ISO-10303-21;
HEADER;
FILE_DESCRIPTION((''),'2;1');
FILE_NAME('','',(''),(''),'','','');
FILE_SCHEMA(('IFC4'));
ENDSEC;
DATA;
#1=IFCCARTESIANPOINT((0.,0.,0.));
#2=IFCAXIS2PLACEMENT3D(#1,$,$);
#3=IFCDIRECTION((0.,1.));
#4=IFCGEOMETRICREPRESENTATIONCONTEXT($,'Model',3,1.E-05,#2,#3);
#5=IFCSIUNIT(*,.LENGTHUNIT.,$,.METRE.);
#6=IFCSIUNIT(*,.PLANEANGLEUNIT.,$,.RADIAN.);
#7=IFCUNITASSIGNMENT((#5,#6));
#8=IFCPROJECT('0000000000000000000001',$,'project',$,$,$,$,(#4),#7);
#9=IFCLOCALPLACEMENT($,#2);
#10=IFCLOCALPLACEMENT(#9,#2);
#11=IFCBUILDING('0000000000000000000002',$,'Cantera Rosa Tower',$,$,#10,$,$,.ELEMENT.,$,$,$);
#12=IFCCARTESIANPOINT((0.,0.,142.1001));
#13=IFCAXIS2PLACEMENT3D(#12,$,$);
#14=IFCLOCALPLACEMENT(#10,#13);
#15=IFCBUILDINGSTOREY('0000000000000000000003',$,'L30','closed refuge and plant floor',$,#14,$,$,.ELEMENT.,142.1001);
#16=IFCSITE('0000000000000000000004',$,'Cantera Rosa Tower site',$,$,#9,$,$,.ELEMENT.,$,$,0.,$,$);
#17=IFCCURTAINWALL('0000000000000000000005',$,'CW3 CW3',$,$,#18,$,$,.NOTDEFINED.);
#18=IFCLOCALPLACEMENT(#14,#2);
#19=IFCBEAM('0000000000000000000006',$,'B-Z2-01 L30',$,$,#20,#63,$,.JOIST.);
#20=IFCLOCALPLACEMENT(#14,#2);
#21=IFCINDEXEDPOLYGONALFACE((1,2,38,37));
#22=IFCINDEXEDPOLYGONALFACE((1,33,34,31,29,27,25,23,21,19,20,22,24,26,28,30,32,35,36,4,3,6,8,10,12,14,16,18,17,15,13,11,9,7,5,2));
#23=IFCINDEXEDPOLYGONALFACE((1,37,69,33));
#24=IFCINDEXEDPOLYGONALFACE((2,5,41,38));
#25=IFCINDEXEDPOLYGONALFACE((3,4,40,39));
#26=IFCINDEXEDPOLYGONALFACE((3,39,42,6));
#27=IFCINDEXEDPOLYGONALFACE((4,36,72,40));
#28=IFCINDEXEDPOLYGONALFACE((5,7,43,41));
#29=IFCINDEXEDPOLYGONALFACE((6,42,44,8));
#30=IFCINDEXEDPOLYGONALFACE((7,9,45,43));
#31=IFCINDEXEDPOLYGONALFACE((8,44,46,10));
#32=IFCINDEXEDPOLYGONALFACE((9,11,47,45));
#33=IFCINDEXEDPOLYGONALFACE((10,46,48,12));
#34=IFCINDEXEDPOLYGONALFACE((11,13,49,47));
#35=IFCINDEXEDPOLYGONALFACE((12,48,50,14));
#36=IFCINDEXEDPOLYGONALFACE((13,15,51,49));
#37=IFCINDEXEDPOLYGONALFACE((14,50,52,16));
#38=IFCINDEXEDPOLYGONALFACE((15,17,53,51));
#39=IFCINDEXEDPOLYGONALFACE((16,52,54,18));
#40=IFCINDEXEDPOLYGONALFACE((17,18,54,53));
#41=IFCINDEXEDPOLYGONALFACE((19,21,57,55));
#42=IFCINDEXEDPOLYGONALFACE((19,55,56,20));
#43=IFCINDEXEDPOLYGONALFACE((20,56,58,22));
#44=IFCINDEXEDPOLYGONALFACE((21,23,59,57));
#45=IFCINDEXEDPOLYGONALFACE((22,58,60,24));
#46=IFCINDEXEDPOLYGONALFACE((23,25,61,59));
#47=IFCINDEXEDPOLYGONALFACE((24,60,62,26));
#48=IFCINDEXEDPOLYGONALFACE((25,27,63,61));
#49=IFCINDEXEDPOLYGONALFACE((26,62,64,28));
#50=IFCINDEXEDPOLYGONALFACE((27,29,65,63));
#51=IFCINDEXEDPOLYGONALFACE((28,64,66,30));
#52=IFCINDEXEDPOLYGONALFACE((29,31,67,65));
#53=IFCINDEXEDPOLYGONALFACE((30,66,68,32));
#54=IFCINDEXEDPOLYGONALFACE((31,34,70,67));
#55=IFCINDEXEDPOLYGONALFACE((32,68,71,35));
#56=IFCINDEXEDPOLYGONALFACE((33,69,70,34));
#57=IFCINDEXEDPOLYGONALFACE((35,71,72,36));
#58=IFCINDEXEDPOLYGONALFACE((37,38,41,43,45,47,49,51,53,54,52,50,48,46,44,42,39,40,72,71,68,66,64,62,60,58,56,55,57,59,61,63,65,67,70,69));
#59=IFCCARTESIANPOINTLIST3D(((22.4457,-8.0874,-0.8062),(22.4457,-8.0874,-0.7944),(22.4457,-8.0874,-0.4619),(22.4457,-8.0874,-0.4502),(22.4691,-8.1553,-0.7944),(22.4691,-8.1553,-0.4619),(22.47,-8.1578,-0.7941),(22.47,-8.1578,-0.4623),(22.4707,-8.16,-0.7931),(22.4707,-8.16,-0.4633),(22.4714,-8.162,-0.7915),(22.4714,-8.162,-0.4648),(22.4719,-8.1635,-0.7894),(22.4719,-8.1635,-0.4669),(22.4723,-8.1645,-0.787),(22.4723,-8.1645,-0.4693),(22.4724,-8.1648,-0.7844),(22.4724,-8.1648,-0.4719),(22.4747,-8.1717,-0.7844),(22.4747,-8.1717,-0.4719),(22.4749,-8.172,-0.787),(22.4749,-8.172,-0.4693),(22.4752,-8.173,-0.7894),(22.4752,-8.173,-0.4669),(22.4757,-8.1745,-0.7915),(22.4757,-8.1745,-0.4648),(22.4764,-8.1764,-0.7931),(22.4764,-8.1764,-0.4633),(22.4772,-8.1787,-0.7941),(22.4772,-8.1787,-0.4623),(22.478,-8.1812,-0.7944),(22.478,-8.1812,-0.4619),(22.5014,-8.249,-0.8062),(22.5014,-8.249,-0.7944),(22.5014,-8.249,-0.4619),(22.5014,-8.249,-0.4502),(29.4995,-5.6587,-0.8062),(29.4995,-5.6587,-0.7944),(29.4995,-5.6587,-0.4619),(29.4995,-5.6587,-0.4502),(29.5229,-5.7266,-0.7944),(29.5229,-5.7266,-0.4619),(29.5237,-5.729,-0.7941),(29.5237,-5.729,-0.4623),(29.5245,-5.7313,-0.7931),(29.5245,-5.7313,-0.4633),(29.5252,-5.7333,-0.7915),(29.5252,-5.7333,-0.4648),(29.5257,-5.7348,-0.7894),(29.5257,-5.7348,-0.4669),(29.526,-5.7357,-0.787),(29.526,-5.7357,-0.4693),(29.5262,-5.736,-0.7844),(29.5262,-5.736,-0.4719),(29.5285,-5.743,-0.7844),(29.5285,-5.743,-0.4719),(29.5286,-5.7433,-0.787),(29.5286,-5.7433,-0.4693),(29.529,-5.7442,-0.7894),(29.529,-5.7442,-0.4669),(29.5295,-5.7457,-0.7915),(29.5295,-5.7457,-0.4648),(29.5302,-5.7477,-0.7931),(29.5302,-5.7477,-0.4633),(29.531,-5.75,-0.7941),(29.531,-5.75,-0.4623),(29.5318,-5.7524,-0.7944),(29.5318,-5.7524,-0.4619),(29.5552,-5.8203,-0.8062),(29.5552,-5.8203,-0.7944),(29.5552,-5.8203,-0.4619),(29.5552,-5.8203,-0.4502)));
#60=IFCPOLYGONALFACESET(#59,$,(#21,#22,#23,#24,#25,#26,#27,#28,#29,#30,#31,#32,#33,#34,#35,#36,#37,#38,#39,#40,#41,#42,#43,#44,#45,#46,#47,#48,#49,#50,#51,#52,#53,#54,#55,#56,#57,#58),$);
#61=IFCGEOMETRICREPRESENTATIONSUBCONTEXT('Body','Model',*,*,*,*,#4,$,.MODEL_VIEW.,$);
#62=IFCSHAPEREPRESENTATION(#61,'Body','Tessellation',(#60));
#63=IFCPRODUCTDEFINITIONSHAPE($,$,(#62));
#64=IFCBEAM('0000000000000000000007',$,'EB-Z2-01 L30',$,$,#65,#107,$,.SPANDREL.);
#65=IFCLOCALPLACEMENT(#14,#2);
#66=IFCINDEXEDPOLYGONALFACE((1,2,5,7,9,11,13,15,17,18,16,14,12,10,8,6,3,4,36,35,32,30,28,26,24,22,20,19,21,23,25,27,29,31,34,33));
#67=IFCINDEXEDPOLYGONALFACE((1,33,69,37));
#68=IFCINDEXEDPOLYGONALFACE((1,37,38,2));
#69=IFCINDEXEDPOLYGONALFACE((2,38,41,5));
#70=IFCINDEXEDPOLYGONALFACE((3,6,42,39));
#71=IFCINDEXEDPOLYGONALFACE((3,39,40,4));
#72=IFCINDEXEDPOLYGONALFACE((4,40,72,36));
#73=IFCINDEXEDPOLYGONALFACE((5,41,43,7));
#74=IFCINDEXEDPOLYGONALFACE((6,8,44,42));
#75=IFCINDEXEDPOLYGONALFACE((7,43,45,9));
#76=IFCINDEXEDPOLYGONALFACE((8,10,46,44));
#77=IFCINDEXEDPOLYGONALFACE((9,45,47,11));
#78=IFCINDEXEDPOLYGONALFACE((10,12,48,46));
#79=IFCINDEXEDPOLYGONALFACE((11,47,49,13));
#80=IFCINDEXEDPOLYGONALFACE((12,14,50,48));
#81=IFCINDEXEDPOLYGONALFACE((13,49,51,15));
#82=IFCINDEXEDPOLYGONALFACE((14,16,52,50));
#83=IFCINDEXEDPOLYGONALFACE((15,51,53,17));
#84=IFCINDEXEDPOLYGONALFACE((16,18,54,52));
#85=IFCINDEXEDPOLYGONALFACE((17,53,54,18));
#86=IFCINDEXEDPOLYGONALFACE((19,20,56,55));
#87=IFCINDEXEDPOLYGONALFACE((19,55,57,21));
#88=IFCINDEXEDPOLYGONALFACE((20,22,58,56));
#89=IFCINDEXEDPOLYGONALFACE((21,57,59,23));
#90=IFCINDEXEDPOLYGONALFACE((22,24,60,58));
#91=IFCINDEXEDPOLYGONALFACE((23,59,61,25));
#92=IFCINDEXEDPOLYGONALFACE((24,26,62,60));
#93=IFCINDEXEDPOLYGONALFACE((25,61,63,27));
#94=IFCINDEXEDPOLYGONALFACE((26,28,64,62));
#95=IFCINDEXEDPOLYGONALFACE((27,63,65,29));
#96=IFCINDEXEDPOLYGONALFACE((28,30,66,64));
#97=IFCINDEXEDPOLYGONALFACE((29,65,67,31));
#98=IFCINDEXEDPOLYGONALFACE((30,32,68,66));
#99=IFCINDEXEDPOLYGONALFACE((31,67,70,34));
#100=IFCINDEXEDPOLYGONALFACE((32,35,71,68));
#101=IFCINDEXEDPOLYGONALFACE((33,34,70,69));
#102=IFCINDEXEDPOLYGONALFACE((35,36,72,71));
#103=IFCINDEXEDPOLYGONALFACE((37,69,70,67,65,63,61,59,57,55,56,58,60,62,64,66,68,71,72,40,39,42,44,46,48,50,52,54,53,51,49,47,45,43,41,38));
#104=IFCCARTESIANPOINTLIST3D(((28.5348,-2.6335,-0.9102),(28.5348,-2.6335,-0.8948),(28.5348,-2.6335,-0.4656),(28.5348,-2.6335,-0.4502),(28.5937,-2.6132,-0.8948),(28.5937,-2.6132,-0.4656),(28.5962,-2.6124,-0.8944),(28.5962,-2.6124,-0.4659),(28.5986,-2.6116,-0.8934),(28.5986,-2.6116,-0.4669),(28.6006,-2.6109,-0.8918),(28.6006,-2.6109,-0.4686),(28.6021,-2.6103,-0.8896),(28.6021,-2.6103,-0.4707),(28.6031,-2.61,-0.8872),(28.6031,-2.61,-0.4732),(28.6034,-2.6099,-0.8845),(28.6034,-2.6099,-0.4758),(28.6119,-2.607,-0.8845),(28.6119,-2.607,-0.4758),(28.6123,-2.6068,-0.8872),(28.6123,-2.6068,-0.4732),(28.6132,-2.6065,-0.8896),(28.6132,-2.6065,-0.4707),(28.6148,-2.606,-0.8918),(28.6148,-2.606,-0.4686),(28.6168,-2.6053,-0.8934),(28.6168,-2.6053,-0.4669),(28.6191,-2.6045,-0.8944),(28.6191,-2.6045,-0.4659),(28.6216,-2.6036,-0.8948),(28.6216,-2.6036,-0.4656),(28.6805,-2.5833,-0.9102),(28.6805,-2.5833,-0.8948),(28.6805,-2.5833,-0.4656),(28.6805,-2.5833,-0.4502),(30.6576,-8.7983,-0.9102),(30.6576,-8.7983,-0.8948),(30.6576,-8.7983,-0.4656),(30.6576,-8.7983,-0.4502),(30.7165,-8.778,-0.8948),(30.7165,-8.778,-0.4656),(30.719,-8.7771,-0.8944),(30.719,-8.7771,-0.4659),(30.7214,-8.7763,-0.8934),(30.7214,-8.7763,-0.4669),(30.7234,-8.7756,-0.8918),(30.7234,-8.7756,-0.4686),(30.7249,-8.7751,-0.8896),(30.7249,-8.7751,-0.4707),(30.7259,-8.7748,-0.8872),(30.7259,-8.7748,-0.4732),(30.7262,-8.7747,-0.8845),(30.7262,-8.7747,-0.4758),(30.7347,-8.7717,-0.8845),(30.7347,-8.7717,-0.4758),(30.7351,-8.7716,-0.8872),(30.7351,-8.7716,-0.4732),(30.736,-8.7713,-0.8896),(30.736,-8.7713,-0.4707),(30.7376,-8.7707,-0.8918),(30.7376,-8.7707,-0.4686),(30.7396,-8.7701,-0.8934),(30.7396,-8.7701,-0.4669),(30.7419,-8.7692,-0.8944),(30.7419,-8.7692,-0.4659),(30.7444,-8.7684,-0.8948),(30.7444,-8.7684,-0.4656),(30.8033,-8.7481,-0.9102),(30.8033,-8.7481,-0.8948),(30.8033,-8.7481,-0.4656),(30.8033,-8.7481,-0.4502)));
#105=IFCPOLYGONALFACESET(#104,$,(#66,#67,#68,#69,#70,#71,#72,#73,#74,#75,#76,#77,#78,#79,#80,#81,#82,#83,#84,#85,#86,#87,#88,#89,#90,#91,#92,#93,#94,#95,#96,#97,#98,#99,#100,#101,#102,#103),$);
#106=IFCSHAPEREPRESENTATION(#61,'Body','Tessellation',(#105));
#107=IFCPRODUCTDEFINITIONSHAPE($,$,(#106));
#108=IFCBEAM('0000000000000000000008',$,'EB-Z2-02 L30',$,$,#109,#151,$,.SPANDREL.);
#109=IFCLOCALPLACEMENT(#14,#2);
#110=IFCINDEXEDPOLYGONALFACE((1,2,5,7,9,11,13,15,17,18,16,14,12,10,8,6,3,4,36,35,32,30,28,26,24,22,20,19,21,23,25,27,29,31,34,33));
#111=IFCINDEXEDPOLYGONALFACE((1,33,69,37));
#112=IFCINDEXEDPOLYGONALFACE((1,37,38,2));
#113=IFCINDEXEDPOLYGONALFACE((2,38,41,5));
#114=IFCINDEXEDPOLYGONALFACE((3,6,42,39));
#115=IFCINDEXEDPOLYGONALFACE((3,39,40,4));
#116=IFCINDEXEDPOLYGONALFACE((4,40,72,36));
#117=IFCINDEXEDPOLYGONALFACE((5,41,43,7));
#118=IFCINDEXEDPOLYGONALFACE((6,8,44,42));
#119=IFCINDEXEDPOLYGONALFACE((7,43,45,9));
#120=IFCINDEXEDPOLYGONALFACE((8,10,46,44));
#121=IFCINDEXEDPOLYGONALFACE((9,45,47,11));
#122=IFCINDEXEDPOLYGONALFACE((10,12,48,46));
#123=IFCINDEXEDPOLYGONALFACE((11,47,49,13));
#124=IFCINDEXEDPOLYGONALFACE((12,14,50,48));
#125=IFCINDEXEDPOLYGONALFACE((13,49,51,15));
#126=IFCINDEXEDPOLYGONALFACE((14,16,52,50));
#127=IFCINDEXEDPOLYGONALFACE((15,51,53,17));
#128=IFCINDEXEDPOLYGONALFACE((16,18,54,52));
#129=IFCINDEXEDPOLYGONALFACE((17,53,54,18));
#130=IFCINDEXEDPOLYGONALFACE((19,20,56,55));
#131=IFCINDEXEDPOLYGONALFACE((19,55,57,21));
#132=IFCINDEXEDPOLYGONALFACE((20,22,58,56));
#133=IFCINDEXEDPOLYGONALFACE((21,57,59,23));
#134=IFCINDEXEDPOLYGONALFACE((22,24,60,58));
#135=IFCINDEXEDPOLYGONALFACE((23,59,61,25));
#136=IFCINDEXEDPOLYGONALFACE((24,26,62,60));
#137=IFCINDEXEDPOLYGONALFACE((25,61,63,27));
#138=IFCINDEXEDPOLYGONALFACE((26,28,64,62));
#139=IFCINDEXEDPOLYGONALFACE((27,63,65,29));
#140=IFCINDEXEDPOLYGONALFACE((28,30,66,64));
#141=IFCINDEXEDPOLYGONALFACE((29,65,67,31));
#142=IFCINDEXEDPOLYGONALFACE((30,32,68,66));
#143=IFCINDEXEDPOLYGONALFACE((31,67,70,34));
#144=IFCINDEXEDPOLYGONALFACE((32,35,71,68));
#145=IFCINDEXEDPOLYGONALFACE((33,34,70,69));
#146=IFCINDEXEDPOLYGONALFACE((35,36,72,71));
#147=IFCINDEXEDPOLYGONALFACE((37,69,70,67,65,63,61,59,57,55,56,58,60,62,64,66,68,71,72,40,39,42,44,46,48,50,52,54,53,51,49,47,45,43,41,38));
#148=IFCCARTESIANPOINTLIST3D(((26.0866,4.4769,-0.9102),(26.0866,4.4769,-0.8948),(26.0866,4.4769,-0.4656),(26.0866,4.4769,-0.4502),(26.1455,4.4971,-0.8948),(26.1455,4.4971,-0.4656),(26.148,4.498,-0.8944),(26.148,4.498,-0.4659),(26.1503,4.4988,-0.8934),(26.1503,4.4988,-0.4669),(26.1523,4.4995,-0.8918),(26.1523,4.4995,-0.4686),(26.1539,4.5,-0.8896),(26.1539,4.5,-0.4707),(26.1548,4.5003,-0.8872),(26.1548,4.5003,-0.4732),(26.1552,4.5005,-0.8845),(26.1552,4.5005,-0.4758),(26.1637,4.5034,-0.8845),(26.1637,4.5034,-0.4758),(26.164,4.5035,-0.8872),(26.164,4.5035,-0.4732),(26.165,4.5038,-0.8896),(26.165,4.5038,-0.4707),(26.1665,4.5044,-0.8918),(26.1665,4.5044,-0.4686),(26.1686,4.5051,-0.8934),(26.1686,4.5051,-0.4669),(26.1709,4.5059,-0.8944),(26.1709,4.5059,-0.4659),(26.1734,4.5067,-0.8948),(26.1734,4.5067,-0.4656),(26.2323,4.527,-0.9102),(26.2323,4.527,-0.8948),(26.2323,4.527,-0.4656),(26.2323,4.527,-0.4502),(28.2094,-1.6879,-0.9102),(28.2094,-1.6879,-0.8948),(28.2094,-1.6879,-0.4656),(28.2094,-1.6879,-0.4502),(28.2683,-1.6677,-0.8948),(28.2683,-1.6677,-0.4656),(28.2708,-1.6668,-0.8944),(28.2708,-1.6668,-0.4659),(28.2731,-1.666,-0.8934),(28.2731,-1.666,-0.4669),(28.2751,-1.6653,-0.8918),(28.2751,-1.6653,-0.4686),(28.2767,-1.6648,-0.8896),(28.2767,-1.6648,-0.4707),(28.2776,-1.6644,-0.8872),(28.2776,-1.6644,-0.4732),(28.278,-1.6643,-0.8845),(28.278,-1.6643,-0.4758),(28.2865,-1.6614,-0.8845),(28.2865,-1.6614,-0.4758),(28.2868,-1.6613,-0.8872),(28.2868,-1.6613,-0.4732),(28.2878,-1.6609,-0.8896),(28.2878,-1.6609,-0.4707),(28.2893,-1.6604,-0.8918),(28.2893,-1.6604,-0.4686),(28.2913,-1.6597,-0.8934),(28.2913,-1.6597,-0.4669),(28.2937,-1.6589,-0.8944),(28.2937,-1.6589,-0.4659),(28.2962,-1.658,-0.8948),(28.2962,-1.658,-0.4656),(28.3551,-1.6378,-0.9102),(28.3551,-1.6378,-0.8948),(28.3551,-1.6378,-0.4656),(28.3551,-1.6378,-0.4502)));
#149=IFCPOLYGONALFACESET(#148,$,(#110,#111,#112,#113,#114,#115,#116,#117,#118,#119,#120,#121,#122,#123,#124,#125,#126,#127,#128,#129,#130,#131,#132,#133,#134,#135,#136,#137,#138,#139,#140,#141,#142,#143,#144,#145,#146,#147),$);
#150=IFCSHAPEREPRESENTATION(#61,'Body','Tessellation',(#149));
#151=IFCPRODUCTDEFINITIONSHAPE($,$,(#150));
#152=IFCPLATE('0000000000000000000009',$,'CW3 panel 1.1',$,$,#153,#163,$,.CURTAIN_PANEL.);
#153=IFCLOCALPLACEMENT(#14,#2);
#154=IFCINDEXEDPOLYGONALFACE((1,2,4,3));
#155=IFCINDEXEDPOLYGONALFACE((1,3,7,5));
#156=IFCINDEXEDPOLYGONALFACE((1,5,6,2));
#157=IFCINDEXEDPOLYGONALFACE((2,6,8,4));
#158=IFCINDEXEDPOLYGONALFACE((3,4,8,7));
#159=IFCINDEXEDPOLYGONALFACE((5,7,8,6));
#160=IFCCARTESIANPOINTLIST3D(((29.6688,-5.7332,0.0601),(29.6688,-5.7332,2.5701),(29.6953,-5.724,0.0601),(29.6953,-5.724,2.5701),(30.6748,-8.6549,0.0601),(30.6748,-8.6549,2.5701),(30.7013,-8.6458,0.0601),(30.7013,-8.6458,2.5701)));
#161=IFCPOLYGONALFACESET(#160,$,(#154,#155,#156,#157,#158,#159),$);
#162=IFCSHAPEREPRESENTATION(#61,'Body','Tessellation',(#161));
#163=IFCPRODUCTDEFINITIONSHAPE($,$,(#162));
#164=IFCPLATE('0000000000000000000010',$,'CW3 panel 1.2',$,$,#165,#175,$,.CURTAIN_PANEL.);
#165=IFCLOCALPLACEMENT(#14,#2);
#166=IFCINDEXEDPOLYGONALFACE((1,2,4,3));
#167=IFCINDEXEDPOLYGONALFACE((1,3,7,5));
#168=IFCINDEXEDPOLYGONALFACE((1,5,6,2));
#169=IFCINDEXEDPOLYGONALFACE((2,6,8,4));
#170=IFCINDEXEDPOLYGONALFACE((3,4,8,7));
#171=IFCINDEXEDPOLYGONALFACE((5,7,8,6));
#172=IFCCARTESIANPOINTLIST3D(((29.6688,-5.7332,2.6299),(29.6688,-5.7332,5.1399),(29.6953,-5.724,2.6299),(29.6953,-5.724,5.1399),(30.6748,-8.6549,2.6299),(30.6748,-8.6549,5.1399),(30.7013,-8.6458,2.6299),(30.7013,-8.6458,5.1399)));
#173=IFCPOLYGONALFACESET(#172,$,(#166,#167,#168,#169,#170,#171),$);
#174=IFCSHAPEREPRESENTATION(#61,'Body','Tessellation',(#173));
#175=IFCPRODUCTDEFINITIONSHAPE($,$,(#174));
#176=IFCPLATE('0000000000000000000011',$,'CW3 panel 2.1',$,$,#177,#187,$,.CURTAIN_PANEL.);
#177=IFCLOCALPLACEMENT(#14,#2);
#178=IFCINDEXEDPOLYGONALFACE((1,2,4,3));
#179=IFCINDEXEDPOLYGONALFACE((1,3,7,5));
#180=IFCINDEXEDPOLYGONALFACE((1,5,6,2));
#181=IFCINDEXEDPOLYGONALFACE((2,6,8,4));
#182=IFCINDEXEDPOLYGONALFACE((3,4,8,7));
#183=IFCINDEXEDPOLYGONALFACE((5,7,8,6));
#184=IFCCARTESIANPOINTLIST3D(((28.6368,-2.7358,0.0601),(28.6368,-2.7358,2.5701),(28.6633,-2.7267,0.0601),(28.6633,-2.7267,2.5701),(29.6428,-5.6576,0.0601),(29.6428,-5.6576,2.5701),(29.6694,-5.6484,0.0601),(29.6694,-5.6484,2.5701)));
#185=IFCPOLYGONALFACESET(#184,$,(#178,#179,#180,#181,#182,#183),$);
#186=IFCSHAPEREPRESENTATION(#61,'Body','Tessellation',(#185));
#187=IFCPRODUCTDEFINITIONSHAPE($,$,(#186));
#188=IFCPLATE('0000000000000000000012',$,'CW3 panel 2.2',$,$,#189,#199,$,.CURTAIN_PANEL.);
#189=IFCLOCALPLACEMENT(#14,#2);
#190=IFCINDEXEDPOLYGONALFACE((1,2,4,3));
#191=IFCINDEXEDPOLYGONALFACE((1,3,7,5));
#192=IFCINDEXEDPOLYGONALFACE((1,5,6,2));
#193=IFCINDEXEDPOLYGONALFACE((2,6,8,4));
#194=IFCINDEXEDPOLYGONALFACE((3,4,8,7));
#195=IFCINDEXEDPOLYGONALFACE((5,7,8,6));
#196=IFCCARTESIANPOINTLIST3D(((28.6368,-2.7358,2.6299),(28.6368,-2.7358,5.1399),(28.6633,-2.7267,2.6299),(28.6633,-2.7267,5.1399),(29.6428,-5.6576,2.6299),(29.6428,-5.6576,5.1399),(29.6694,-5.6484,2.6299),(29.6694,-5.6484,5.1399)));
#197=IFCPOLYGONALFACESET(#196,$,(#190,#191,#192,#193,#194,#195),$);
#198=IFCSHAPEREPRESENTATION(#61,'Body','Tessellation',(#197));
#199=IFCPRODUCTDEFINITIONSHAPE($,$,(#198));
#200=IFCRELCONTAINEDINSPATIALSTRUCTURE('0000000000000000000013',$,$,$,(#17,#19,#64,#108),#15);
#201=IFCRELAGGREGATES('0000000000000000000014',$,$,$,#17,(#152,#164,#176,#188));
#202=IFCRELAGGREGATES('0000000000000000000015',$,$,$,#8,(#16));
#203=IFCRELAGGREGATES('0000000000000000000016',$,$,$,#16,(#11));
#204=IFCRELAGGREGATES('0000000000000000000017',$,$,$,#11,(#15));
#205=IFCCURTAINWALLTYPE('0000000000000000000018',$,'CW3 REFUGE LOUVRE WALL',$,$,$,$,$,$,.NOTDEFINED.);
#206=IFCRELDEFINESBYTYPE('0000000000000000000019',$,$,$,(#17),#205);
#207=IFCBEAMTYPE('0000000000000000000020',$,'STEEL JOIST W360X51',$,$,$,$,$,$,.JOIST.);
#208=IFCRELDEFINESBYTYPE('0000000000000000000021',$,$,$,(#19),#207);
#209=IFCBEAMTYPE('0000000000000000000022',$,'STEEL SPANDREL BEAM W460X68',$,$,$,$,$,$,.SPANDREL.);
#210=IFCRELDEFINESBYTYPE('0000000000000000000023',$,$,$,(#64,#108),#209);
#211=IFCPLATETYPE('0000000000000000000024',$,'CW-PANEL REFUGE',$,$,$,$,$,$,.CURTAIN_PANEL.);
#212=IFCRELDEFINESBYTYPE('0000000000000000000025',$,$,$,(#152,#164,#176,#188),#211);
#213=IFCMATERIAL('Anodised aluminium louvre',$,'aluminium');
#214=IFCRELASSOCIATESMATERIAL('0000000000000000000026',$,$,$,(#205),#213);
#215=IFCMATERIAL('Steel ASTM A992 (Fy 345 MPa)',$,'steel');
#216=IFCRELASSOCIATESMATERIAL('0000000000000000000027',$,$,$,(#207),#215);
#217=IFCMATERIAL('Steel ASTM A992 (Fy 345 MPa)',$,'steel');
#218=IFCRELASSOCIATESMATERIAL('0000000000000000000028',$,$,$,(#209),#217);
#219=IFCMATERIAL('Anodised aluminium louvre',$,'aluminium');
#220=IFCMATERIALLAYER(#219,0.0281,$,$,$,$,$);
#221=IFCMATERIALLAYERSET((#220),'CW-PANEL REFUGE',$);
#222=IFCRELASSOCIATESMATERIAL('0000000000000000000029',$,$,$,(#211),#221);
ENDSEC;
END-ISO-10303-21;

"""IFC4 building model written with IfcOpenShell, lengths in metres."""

from ifc_helpers import new_model, si_unit, direction, frame, origin, origin_2d, place, context, subcontext, project, spatial, rectangle, i_section, extrude, material, layer, layer_set, material_profile, profile_set, type_object, element, aggregate, save


model = new_model("IFC4")

# Units and contexts
model_context = context("Model", 3, precision=1e-05, world=origin(), true_north=direction((0.0, 1.0)))
body_context = subcontext(model_context, "Body", "Model", "MODEL_VIEW")
ifc_project = project(units=[si_unit("LENGTHUNIT", "METRE"), si_unit("PLANEANGLEUNIT", "RADIAN")], contexts=[model_context])

# Site, building, storey
site_placement = place(None, origin())
site = spatial("IfcSite", under=ifc_project, at=site_placement, Name="Cantera Rosa Tower site", CompositionType="ELEMENT", RefElevation=0.0)
building_placement = place(site_placement, origin())
building = spatial("IfcBuilding", under=site, at=building_placement, Name="Cantera Rosa Tower", CompositionType="ELEMENT")
storey_placement = place(building_placement, frame((0.0, 0.0, 142.1001)))
storey = spatial("IfcBuildingStorey", under=building, at=storey_placement, Name="L30", Description="closed refuge and plant floor", CompositionType="ELEMENT", Elevation=142.1001)

# Curtain wall
ifc_material_1 = material(Name="Anodised aluminium louvre", Category="aluminium")
curtain_wall_type = type_object("IfcCurtainWallType", Name="CW3 REFUGE LOUVRE WALL", PredefinedType="NOTDEFINED", material=ifc_material_1)
curtain_wall_1_placement = place(storey_placement, origin())
curtain_wall_1 = element("IfcCurtainWall", 1, at=curtain_wall_1_placement, inside=storey, type_object=curtain_wall_type, Name="CW3 CW3", PredefinedType="NOTDEFINED")

# Beams
ifc_material_2 = material(Name="Steel ASTM A992 (Fy 345 MPa)", Category="steel")
ifc_material_profile_1 = material_profile(ifc_material_2, i_section(OverallWidth=0.1709, OverallDepth=0.356, WebThickness=0.0073, FlangeThickness=0.0117, FilletRadius=0.01, at=origin_2d()), Name="W360X51")
ifc_profile_set_1 = profile_set([ifc_material_profile_1], Name="Steel ASTM A992 (Fy 345 MPa)")
beam_type_1 = type_object("IfcBeamType", Name="STEEL JOIST W360X51", PredefinedType="JOIST", material=ifc_profile_set_1)
beam_placement = place(storey_placement, frame((29.5273, -5.7395, -0.6282), z_axis=(-0.945522, -0.325559, 0.0), x_axis=(0.325559, -0.945522, 0.0)))
element("IfcBeam", 2, at=beam_placement, inside=storey, type_object=beam_type_1, Name="B-Z2-01 L30", PredefinedType="JOIST", context=body_context, shape_type="SweptSolid", body=[
    extrude(i_section(OverallWidth=0.1709, OverallDepth=0.356, WebThickness=0.0073, FlangeThickness=0.0117, FilletRadius=0.01, at=origin_2d()), origin(), (0.0, 0.0, 1.0), 7.4602),
])
ifc_material_3 = material(Name="Steel ASTM A992 (Fy 345 MPa)", Category="steel")
ifc_material_profile_2 = material_profile(ifc_material_3, i_section(OverallWidth=0.1541, OverallDepth=0.46, WebThickness=0.009, FlangeThickness=0.0154, FilletRadius=0.0103, at=origin_2d()), Name="W460X68")
ifc_profile_set_2 = profile_set([ifc_material_profile_2], Name="Steel ASTM A992 (Fy 345 MPa)")
beam_type_2 = type_object("IfcBeamType", Name="STEEL SPANDREL BEAM W460X68", PredefinedType="SPANDREL", material=ifc_profile_set_2)
for number, where, z_axis, x_axis, name in (
    (3, (30.7305, -8.7732, -0.6802), (-0.325581, 0.945514, 0.0), (-0.945514, -0.325581, 0.0), "EB-Z2-01 L30"),
    (4, (28.2822, -1.6628, -0.6802), (-0.325581, 0.945514, 0.0), (-0.945514, -0.325581, 0.0), "EB-Z2-02 L30"),
):
    element("IfcBeam", number, at=place(storey_placement, frame(where, z_axis=z_axis, x_axis=x_axis)), inside=storey, type_object=beam_type_2, Name=name, PredefinedType="SPANDREL", context=body_context, shape_type="SweptSolid", body=[
        extrude(i_section(OverallWidth=0.1541, OverallDepth=0.46, WebThickness=0.009, FlangeThickness=0.0154, FilletRadius=0.0103, at=origin_2d()), origin(), (0.0, 0.0, 1.0), 6.52),
    ])

# Plates
ifc_material_4 = material(Name="Anodised aluminium louvre", Category="aluminium")
ifc_layer_1 = layer(ifc_material_4, 0.0281)
ifc_layer_set_1 = layer_set([ifc_layer_1], Name="CW-PANEL REFUGE")
plate_type = type_object("IfcPlateType", Name="CW-PANEL REFUGE", PredefinedType="CURTAIN_PANEL", material=ifc_layer_set_1)
plate_1_placement = place(storey_placement, frame((30.1851, -7.1895, 0.0601), z_axis=(0.0, 0.0, 1.0), x_axis=(-0.325568, 0.945519, 0.0)))
plate_1 = element("IfcPlate", 5, at=plate_1_placement, type_object=plate_type, Name="CW3 panel 1.1", PredefinedType="CURTAIN_PANEL", context=body_context, shape_type="SweptSolid", body=[
    extrude(rectangle(XDim=3.0901, YDim=0.0281, at=origin_2d()), origin(), (0.0, 0.0, 1.0), 2.51),
])
plate_2_placement = place(storey_placement, frame((30.1851, -7.1895, 2.6299), z_axis=(0.0, 0.0, 1.0), x_axis=(-0.325568, 0.945519, 0.0)))
plate_2 = element("IfcPlate", 6, at=plate_2_placement, type_object=plate_type, Name="CW3 panel 1.2", PredefinedType="CURTAIN_PANEL", context=body_context, shape_type="SweptSolid", body=[
    extrude(rectangle(XDim=3.0901, YDim=0.0281, at=origin_2d()), origin(), (0.0, 0.0, 1.0), 2.51),
])
plate_3_placement = place(storey_placement, frame((29.1531, -4.1921, 0.0601), z_axis=(0.0, 0.0, 1.0), x_axis=(-0.325568, 0.945519, 0.0)))
plate_3 = element("IfcPlate", 7, at=plate_3_placement, type_object=plate_type, Name="CW3 panel 2.1", PredefinedType="CURTAIN_PANEL", context=body_context, shape_type="SweptSolid", body=[
    extrude(rectangle(XDim=3.0901, YDim=0.0281, at=origin_2d()), origin(), (0.0, 0.0, 1.0), 2.51),
])
plate_4_placement = place(storey_placement, frame((29.1531, -4.1921, 2.6299), z_axis=(0.0, 0.0, 1.0), x_axis=(-0.325568, 0.945519, 0.0)))
plate_4 = element("IfcPlate", 8, at=plate_4_placement, type_object=plate_type, Name="CW3 panel 2.2", PredefinedType="CURTAIN_PANEL", context=body_context, shape_type="SweptSolid", body=[
    extrude(rectangle(XDim=3.0901, YDim=0.0281, at=origin_2d()), origin(), (0.0, 0.0, 1.0), 2.51),
])
aggregate(curtain_wall_1, [plate_1, plate_2, plate_3, plate_4])

save(model, "model.ifc")
